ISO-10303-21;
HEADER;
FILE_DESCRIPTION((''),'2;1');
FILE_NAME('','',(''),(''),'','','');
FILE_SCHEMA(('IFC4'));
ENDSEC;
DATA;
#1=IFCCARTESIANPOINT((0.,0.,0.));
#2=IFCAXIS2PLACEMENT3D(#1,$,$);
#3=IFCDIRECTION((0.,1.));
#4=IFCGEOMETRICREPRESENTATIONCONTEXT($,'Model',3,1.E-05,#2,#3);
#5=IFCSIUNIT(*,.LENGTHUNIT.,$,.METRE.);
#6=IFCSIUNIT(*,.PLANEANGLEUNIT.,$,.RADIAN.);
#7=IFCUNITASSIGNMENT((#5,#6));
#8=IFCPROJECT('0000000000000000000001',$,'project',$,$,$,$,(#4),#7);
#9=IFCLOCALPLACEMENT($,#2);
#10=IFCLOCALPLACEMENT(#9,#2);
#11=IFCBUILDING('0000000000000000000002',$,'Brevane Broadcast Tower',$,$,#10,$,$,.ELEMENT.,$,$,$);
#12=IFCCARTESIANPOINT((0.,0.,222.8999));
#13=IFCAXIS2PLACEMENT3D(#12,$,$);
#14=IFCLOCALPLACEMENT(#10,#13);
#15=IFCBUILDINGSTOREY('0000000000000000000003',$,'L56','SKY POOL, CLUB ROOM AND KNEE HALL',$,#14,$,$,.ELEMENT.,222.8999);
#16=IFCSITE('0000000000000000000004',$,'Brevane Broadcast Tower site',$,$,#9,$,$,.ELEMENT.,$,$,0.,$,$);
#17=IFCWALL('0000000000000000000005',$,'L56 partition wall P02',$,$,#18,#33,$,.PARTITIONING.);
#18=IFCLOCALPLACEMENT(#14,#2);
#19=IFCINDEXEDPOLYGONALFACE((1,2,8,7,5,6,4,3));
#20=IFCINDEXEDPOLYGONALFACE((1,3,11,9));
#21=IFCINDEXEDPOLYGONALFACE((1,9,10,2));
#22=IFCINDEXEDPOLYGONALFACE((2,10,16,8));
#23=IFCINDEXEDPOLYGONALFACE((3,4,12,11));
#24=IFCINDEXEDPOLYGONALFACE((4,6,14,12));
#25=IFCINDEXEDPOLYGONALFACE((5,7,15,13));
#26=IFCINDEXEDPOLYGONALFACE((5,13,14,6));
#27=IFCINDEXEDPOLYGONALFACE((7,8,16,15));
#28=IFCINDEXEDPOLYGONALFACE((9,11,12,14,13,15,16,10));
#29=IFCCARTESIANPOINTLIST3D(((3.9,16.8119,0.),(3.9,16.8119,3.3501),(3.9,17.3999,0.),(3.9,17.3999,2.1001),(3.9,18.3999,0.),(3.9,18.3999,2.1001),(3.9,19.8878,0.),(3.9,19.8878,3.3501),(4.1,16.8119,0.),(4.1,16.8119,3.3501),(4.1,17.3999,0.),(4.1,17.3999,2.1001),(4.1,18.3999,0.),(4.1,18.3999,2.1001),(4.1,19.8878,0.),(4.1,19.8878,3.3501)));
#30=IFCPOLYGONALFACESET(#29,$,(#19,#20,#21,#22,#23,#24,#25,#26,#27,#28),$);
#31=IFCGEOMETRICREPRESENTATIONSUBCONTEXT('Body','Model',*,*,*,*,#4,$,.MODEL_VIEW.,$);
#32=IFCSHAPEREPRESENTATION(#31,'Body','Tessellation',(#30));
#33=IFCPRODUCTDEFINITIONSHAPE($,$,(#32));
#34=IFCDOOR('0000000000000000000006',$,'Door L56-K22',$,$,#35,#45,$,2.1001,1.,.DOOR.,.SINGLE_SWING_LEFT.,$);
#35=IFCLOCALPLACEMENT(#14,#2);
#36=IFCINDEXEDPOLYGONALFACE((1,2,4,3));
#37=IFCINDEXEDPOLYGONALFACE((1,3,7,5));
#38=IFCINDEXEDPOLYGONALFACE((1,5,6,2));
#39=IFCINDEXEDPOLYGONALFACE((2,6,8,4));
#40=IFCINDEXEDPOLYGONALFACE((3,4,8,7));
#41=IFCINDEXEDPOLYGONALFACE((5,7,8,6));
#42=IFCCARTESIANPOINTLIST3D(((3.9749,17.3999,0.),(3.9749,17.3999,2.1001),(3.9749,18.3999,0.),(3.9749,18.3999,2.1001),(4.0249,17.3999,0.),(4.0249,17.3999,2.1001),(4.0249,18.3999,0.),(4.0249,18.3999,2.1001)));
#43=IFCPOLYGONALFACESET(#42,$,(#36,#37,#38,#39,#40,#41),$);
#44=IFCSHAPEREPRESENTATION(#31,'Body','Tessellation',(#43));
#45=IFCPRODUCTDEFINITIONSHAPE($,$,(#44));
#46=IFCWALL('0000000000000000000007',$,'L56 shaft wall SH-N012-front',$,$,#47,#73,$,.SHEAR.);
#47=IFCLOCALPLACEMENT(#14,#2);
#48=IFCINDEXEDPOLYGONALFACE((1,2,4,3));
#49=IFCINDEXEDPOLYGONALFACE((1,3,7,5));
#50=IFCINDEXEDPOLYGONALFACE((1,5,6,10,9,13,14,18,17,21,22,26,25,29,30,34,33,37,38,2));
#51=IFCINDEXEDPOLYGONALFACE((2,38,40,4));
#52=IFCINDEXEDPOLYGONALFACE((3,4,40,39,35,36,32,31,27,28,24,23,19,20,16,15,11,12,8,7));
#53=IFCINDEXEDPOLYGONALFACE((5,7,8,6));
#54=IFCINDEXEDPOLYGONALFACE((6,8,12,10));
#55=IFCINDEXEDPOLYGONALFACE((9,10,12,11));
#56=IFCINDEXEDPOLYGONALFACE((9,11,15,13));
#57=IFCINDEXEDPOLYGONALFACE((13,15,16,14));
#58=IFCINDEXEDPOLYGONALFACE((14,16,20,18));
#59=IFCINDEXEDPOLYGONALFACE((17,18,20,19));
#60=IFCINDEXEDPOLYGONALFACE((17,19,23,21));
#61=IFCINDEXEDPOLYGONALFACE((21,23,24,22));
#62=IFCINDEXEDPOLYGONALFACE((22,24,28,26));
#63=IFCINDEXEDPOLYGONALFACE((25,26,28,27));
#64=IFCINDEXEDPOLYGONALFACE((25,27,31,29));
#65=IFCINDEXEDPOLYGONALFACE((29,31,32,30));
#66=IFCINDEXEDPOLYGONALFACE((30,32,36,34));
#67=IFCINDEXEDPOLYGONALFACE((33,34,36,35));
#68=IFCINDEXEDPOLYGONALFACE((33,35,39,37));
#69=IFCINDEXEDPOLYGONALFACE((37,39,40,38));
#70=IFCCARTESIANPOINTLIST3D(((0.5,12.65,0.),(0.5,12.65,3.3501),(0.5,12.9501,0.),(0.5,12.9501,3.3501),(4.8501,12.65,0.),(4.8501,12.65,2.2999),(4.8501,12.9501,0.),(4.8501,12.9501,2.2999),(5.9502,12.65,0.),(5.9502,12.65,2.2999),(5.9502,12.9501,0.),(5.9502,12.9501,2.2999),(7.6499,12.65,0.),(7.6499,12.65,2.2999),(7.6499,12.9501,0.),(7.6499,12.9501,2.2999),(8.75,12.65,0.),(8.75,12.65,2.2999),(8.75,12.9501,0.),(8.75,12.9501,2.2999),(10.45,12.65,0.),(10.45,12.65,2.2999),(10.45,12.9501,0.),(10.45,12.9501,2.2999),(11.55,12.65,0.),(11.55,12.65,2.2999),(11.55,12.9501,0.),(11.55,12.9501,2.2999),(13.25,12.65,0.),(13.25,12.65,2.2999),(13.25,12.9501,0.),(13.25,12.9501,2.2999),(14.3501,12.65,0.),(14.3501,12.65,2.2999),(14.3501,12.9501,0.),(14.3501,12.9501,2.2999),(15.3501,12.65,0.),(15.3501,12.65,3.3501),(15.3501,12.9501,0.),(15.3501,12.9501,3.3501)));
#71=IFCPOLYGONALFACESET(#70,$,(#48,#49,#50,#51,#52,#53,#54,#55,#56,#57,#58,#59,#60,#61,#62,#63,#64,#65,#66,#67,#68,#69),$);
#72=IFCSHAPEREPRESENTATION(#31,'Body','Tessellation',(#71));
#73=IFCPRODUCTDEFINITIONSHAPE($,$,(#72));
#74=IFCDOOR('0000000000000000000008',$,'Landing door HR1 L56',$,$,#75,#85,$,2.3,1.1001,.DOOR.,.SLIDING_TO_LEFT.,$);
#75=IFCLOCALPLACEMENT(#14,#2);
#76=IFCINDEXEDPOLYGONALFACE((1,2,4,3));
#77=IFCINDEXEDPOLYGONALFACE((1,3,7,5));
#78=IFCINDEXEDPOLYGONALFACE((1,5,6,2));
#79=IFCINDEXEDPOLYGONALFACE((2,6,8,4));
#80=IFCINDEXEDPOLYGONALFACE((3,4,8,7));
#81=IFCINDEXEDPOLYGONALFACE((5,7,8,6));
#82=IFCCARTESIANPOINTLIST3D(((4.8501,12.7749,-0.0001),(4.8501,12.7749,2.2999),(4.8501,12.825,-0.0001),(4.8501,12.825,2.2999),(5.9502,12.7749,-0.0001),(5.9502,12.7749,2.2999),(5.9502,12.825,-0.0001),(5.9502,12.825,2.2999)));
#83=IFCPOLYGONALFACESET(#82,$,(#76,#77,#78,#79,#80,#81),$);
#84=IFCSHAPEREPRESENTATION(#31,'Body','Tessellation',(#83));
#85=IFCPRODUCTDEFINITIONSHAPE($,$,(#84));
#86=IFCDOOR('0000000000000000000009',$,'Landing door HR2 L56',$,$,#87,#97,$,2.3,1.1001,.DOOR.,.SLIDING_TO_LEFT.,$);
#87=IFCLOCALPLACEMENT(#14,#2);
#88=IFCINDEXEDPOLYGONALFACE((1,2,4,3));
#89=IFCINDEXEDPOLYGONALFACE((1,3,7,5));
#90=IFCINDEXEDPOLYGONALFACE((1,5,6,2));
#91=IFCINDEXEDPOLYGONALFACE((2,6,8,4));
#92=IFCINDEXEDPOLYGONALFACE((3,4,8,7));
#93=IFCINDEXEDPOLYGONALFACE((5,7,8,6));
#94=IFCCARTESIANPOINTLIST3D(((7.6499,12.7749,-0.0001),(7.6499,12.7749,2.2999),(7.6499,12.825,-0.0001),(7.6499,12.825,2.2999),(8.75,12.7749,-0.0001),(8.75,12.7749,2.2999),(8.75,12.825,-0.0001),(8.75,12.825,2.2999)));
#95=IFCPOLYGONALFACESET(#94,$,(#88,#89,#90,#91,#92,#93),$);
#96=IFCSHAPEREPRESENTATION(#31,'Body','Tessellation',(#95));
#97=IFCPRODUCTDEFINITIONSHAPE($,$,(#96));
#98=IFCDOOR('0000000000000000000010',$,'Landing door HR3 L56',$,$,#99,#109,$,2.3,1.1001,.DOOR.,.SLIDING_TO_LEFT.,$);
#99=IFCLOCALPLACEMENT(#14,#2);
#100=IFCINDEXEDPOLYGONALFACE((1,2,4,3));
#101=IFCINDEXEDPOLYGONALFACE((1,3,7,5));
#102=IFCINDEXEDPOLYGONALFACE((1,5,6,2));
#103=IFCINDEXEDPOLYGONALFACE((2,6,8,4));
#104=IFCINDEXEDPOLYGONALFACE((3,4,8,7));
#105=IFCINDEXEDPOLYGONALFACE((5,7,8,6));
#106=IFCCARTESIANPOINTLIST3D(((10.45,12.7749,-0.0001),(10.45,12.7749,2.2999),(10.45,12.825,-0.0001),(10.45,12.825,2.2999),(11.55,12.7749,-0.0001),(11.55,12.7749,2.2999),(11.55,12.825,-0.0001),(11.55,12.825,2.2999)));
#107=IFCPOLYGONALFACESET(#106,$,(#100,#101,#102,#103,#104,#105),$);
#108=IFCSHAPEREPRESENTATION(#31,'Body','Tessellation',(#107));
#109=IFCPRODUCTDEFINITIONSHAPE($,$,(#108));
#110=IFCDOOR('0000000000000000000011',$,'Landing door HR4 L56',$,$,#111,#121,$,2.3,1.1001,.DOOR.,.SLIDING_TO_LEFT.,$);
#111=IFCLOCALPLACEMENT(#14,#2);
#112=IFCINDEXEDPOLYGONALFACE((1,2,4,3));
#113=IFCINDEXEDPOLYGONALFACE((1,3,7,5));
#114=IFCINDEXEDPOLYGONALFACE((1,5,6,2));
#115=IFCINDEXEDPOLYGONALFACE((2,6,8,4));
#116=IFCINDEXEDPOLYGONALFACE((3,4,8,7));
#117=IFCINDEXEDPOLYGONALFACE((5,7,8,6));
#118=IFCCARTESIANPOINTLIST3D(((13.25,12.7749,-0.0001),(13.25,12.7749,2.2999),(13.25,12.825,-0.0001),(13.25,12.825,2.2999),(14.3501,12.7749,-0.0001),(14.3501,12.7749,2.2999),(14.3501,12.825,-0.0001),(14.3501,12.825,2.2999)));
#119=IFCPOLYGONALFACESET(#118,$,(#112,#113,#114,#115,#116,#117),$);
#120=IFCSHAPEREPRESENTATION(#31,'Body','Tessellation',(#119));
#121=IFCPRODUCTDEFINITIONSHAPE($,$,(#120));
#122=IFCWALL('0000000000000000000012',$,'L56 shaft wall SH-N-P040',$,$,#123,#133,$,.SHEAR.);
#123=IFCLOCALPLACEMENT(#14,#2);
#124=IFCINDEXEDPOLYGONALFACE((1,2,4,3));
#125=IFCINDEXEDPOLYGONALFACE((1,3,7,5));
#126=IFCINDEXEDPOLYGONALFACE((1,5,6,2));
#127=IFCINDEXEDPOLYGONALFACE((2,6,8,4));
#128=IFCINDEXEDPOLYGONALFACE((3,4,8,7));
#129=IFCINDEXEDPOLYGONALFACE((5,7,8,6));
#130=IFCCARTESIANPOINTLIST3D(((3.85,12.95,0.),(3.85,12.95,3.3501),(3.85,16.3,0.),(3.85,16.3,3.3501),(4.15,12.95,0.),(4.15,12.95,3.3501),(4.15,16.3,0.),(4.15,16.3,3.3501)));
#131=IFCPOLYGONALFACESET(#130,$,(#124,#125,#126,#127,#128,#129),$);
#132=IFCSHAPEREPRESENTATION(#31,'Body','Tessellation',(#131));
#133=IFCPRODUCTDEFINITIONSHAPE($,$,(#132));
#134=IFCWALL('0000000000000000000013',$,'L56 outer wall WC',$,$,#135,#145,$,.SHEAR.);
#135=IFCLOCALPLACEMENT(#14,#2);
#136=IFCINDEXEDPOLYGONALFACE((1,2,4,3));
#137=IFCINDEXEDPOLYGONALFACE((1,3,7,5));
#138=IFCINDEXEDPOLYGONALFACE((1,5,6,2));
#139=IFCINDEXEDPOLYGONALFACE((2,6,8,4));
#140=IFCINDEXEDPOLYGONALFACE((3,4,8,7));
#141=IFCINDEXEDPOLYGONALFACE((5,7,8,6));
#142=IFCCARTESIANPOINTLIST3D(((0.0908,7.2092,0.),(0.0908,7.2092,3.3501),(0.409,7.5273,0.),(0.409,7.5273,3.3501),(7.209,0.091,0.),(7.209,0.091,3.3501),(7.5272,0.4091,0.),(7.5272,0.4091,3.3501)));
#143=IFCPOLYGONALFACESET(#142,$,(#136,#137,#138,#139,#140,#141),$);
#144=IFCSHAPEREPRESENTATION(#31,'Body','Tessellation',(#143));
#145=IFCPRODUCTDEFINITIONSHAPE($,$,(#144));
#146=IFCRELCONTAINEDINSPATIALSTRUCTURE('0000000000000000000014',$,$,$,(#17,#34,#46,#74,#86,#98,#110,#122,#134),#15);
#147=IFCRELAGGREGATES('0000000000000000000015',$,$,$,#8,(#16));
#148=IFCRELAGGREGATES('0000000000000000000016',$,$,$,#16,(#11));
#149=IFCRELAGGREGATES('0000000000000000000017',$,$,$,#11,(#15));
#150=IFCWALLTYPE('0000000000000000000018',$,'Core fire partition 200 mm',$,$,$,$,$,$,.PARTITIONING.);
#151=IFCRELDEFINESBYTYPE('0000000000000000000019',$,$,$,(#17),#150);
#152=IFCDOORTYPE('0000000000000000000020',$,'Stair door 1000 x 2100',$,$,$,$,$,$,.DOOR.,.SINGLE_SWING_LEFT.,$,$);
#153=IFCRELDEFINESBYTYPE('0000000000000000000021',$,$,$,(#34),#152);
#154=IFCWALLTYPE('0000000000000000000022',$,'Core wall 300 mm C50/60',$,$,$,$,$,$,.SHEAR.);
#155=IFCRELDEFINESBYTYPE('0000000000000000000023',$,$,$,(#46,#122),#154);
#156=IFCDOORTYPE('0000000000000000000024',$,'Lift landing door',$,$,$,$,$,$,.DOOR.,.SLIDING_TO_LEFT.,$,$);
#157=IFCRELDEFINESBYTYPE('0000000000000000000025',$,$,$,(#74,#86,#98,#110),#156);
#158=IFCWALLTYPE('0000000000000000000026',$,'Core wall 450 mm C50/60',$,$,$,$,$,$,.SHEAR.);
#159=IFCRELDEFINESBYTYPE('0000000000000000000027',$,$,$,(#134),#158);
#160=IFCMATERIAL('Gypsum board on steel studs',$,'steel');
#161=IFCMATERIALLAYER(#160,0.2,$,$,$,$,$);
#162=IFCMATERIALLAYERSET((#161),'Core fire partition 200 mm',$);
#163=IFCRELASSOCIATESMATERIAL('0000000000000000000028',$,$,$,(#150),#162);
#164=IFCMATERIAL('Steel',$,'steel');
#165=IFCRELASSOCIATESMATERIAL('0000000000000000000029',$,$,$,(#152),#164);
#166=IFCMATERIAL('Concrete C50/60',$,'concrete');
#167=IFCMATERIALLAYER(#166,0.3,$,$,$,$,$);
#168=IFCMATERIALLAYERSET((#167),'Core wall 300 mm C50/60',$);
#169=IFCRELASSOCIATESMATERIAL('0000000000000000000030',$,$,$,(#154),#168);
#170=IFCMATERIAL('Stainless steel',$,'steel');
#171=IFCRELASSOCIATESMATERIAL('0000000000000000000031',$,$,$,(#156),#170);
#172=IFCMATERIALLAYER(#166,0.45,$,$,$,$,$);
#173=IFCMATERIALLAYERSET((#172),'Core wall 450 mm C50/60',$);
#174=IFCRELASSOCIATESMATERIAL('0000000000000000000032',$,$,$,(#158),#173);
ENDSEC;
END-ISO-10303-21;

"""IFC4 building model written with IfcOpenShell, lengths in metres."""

from ifc_helpers import new_model, si_unit, direction, frame, frame_2d, origin, place, context, subcontext, project, spatial, rectangle, extrude, material, layer, layer_set, type_object, element, fill, save


model = new_model("IFC4")

# Units and contexts
model_context = context("Model", 3, precision=1e-05, world=origin(), true_north=direction((0.0, 1.0)))
body_context = subcontext(model_context, "Body", "Model", "MODEL_VIEW")
ifc_project = project(units=[si_unit("LENGTHUNIT", "METRE"), si_unit("PLANEANGLEUNIT", "RADIAN")], contexts=[model_context])

# Site, building, storey
site_placement = place(None, origin())
site = spatial("IfcSite", under=ifc_project, at=site_placement, Name="Brevane Broadcast Tower site", CompositionType="ELEMENT", RefElevation=0.0)
building_placement = place(site_placement, origin())
building = spatial("IfcBuilding", under=site, at=building_placement, Name="Brevane Broadcast Tower", CompositionType="ELEMENT")
storey_placement = place(building_placement, frame((0.0, 0.0, 222.8999)))
storey = spatial("IfcBuildingStorey", under=building, at=storey_placement, Name="L56", Description="SKY POOL, CLUB ROOM AND KNEE HALL", CompositionType="ELEMENT", Elevation=222.8999)

# Shared definitions
ifc_material_1 = material(Name="Gypsum board on steel studs", Category="steel")
ifc_layer_1 = layer(ifc_material_1, 0.2)
ifc_layer_set_1 = layer_set([ifc_layer_1], Name="Core fire partition 200 mm")
wall_type_1 = type_object("IfcWallType", Name="Core fire partition 200 mm", PredefinedType="PARTITIONING", material=ifc_layer_set_1)

# Wall, opening, door
wall_1_placement = place(storey_placement, frame((4.0, 19.8879, 0.0), z_axis=(0.0, 0.0, 1.0), x_axis=(0.0, -1.0, 0.0)))
wall_1 = element("IfcWall", 1, at=wall_1_placement, inside=storey, type_object=wall_type_1, Name="L56 partition wall P02", PredefinedType="PARTITIONING", context=body_context, shape_type="SweptSolid", body=[
    extrude(rectangle(XDim=3.0759, YDim=0.2, at=frame_2d((1.5381, 0.0))), origin(), (0.0, 0.0, 1.0), 3.3501),
])
opening_1_placement = place(wall_1_placement, frame((1.488, 0.0, 0.0)))
opening_1 = element("IfcOpeningElement", 2, at=opening_1_placement, cuts=wall_1, PredefinedType="OPENING", context=body_context, shape_type="SweptSolid", body=[
    extrude(rectangle(XDim=1.0, YDim=2.1001, at=frame_2d((0.5, 1.05))), frame((0.0, 0.1099, 0.0), z_axis=(0.0, -1.0, 0.0), x_axis=(1.0, 0.0, 0.0)), (0.0, 0.0, 1.0), 0.22),
])
ifc_material_2 = material(Name="Steel", Category="steel")
door_type_1 = type_object("IfcDoorType", Name="Stair door 1000 x 2100", OperationType="SINGLE_SWING_LEFT", PredefinedType="DOOR", material=ifc_material_2)
door_1_placement = place(opening_1_placement, origin())
door_1 = element("IfcDoor", 3, at=door_1_placement, inside=storey, type_object=door_type_1, Name="Door L56-K22", OperationType="SINGLE_SWING_LEFT", OverallHeight=2.1001, OverallWidth=1.0, PredefinedType="DOOR", context=body_context, shape_type="SweptSolid", body=[
    extrude(rectangle(XDim=1.0, YDim=2.1001, at=frame_2d((0.5, 1.05))), frame((0.0, 0.0249, 0.0), z_axis=(0.0, -1.0, 0.0), x_axis=(1.0, 0.0, 0.0)), (0.0, 0.0, 1.0), 0.05),
])
fill(opening_1, door_1)

# Wall, openings, doors
ifc_material_3 = material(Name="Concrete C50/60", Category="concrete")
ifc_layer_2 = layer(ifc_material_3, 0.3)
ifc_layer_set_2 = layer_set([ifc_layer_2], Name="Core wall 300 mm C50/60")
wall_type_2 = type_object("IfcWallType", Name="Core wall 300 mm C50/60", PredefinedType="SHEAR", material=ifc_layer_set_2)
wall_2_placement = place(storey_placement, frame((0.5, 12.8, 0.0), z_axis=(0.0, 0.0, 1.0), x_axis=(1.0, 0.0, 0.0)))
wall_2 = element("IfcWall", 4, at=wall_2_placement, inside=storey, type_object=wall_type_2, Name="L56 shaft wall SH-N012-front", PredefinedType="SHEAR", context=body_context, shape_type="SweptSolid", body=[
    extrude(rectangle(XDim=14.8501, YDim=0.3, at=frame_2d((7.425, 0.0))), origin(), (0.0, 0.0, 1.0), 3.3501),
])
opening_2_placement = place(wall_2_placement, frame((4.3501, 0.0, 0.0)))
opening_2 = element("IfcOpeningElement", 5, at=opening_2_placement, cuts=wall_2, PredefinedType="OPENING", context=body_context, shape_type="SweptSolid", body=[
    extrude(rectangle(XDim=1.1001, YDim=2.3, at=frame_2d((0.55, 1.1499))), frame((0.0, 0.1599, 0.0), z_axis=(0.0, -1.0, 0.0), x_axis=(1.0, 0.0, 0.0)), (0.0, 0.0, 1.0), 0.3201),
])
opening_3_placement = place(wall_2_placement, frame((7.1499, 0.0, 0.0)))
opening_3 = element("IfcOpeningElement", 6, at=opening_3_placement, cuts=wall_2, PredefinedType="OPENING", context=body_context, shape_type="SweptSolid", body=[
    extrude(rectangle(XDim=1.1001, YDim=2.3, at=frame_2d((0.55, 1.1499))), frame((0.0, 0.1599, 0.0), z_axis=(0.0, -1.0, 0.0), x_axis=(1.0, 0.0, 0.0)), (0.0, 0.0, 1.0), 0.3201),
])
opening_4_placement = place(wall_2_placement, frame((9.95, 0.0, 0.0)))
opening_4 = element("IfcOpeningElement", 7, at=opening_4_placement, cuts=wall_2, PredefinedType="OPENING", context=body_context, shape_type="SweptSolid", body=[
    extrude(rectangle(XDim=1.1001, YDim=2.3, at=frame_2d((0.55, 1.1499))), frame((0.0, 0.1599, 0.0), z_axis=(0.0, -1.0, 0.0), x_axis=(1.0, 0.0, 0.0)), (0.0, 0.0, 1.0), 0.3201),
])
opening_5_placement = place(wall_2_placement, frame((12.75, 0.0, 0.0)))
opening_5 = element("IfcOpeningElement", 8, at=opening_5_placement, cuts=wall_2, PredefinedType="OPENING", context=body_context, shape_type="SweptSolid", body=[
    extrude(rectangle(XDim=1.1001, YDim=2.3, at=frame_2d((0.55, 1.1499))), frame((0.0, 0.1599, 0.0), z_axis=(0.0, -1.0, 0.0), x_axis=(1.0, 0.0, 0.0)), (0.0, 0.0, 1.0), 0.3201),
])
ifc_material_4 = material(Name="Stainless steel", Category="steel")
door_type_2 = type_object("IfcDoorType", Name="Lift landing door", OperationType="SLIDING_TO_LEFT", PredefinedType="DOOR", material=ifc_material_4)
door_2_placement = place(opening_2_placement, origin())
door_2 = element("IfcDoor", 9, at=door_2_placement, inside=storey, type_object=door_type_2, Name="Landing door HR1 L56", OperationType="SLIDING_TO_LEFT", OverallHeight=2.3, OverallWidth=1.1001, PredefinedType="DOOR", context=body_context, shape_type="SweptSolid", body=[
    extrude(rectangle(XDim=1.1001, YDim=2.3, at=frame_2d((0.55, 1.1499))), frame((0.0, 0.0249, 0.0), z_axis=(0.0, -1.0, 0.0), x_axis=(1.0, 0.0, 0.0)), (0.0, 0.0, 1.0), 0.05),
])
fill(opening_2, door_2)
door_3_placement = place(opening_3_placement, origin())
door_3 = element("IfcDoor", 10, at=door_3_placement, inside=storey, type_object=door_type_2, Name="Landing door HR2 L56", OperationType="SLIDING_TO_LEFT", OverallHeight=2.3, OverallWidth=1.1001, PredefinedType="DOOR", context=body_context, shape_type="SweptSolid", body=[
    extrude(rectangle(XDim=1.1001, YDim=2.3, at=frame_2d((0.55, 1.1499))), frame((0.0, 0.0249, 0.0), z_axis=(0.0, -1.0, 0.0), x_axis=(1.0, 0.0, 0.0)), (0.0, 0.0, 1.0), 0.05),
])
fill(opening_3, door_3)
door_4_placement = place(opening_4_placement, origin())
door_4 = element("IfcDoor", 11, at=door_4_placement, inside=storey, type_object=door_type_2, Name="Landing door HR3 L56", OperationType="SLIDING_TO_LEFT", OverallHeight=2.3, OverallWidth=1.1001, PredefinedType="DOOR", context=body_context, shape_type="SweptSolid", body=[
    extrude(rectangle(XDim=1.1001, YDim=2.3, at=frame_2d((0.55, 1.1499))), frame((0.0, 0.0249, 0.0), z_axis=(0.0, -1.0, 0.0), x_axis=(1.0, 0.0, 0.0)), (0.0, 0.0, 1.0), 0.05),
])
fill(opening_4, door_4)
door_5_placement = place(opening_5_placement, origin())
door_5 = element("IfcDoor", 12, at=door_5_placement, inside=storey, type_object=door_type_2, Name="Landing door HR4 L56", OperationType="SLIDING_TO_LEFT", OverallHeight=2.3, OverallWidth=1.1001, PredefinedType="DOOR", context=body_context, shape_type="SweptSolid", body=[
    extrude(rectangle(XDim=1.1001, YDim=2.3, at=frame_2d((0.55, 1.1499))), frame((0.0, 0.0249, 0.0), z_axis=(0.0, -1.0, 0.0), x_axis=(1.0, 0.0, 0.0)), (0.0, 0.0, 1.0), 0.05),
])
fill(opening_5, door_5)

# Walls
wall_3_placement = place(storey_placement, frame((4.0, 12.95, 0.0), z_axis=(0.0, 0.0, 1.0), x_axis=(0.0, 1.0, 0.0)))
element("IfcWall", 13, at=wall_3_placement, inside=storey, type_object=wall_type_2, Name="L56 shaft wall SH-N-P040", PredefinedType="SHEAR", context=body_context, shape_type="SweptSolid", body=[
    extrude(rectangle(XDim=3.3501, YDim=0.3, at=frame_2d((1.675, 0.0))), origin(), (0.0, 0.0, 1.0), 3.3501),
])
ifc_layer_3 = layer(ifc_material_3, 0.45)
ifc_layer_set_3 = layer_set([ifc_layer_3], Name="Core wall 450 mm C50/60")
wall_type_3 = type_object("IfcWallType", Name="Core wall 450 mm C50/60", PredefinedType="SHEAR", material=ifc_layer_set_3)
wall_4_placement = place(storey_placement, frame((0.25, 7.3682, 0.0), z_axis=(0.0, 0.0, 1.0), x_axis=(0.707107, -0.707107, 0.0)))
element("IfcWall", 14, at=wall_4_placement, inside=storey, type_object=wall_type_3, Name="L56 outer wall WC", PredefinedType="SHEAR", context=body_context, shape_type="SweptSolid", body=[
    extrude(rectangle(XDim=10.0667, YDim=0.45, at=frame_2d((5.0332, 0.0))), origin(), (0.0, 0.0, 1.0), 3.3501),
])

save(model, "model.ifc")
